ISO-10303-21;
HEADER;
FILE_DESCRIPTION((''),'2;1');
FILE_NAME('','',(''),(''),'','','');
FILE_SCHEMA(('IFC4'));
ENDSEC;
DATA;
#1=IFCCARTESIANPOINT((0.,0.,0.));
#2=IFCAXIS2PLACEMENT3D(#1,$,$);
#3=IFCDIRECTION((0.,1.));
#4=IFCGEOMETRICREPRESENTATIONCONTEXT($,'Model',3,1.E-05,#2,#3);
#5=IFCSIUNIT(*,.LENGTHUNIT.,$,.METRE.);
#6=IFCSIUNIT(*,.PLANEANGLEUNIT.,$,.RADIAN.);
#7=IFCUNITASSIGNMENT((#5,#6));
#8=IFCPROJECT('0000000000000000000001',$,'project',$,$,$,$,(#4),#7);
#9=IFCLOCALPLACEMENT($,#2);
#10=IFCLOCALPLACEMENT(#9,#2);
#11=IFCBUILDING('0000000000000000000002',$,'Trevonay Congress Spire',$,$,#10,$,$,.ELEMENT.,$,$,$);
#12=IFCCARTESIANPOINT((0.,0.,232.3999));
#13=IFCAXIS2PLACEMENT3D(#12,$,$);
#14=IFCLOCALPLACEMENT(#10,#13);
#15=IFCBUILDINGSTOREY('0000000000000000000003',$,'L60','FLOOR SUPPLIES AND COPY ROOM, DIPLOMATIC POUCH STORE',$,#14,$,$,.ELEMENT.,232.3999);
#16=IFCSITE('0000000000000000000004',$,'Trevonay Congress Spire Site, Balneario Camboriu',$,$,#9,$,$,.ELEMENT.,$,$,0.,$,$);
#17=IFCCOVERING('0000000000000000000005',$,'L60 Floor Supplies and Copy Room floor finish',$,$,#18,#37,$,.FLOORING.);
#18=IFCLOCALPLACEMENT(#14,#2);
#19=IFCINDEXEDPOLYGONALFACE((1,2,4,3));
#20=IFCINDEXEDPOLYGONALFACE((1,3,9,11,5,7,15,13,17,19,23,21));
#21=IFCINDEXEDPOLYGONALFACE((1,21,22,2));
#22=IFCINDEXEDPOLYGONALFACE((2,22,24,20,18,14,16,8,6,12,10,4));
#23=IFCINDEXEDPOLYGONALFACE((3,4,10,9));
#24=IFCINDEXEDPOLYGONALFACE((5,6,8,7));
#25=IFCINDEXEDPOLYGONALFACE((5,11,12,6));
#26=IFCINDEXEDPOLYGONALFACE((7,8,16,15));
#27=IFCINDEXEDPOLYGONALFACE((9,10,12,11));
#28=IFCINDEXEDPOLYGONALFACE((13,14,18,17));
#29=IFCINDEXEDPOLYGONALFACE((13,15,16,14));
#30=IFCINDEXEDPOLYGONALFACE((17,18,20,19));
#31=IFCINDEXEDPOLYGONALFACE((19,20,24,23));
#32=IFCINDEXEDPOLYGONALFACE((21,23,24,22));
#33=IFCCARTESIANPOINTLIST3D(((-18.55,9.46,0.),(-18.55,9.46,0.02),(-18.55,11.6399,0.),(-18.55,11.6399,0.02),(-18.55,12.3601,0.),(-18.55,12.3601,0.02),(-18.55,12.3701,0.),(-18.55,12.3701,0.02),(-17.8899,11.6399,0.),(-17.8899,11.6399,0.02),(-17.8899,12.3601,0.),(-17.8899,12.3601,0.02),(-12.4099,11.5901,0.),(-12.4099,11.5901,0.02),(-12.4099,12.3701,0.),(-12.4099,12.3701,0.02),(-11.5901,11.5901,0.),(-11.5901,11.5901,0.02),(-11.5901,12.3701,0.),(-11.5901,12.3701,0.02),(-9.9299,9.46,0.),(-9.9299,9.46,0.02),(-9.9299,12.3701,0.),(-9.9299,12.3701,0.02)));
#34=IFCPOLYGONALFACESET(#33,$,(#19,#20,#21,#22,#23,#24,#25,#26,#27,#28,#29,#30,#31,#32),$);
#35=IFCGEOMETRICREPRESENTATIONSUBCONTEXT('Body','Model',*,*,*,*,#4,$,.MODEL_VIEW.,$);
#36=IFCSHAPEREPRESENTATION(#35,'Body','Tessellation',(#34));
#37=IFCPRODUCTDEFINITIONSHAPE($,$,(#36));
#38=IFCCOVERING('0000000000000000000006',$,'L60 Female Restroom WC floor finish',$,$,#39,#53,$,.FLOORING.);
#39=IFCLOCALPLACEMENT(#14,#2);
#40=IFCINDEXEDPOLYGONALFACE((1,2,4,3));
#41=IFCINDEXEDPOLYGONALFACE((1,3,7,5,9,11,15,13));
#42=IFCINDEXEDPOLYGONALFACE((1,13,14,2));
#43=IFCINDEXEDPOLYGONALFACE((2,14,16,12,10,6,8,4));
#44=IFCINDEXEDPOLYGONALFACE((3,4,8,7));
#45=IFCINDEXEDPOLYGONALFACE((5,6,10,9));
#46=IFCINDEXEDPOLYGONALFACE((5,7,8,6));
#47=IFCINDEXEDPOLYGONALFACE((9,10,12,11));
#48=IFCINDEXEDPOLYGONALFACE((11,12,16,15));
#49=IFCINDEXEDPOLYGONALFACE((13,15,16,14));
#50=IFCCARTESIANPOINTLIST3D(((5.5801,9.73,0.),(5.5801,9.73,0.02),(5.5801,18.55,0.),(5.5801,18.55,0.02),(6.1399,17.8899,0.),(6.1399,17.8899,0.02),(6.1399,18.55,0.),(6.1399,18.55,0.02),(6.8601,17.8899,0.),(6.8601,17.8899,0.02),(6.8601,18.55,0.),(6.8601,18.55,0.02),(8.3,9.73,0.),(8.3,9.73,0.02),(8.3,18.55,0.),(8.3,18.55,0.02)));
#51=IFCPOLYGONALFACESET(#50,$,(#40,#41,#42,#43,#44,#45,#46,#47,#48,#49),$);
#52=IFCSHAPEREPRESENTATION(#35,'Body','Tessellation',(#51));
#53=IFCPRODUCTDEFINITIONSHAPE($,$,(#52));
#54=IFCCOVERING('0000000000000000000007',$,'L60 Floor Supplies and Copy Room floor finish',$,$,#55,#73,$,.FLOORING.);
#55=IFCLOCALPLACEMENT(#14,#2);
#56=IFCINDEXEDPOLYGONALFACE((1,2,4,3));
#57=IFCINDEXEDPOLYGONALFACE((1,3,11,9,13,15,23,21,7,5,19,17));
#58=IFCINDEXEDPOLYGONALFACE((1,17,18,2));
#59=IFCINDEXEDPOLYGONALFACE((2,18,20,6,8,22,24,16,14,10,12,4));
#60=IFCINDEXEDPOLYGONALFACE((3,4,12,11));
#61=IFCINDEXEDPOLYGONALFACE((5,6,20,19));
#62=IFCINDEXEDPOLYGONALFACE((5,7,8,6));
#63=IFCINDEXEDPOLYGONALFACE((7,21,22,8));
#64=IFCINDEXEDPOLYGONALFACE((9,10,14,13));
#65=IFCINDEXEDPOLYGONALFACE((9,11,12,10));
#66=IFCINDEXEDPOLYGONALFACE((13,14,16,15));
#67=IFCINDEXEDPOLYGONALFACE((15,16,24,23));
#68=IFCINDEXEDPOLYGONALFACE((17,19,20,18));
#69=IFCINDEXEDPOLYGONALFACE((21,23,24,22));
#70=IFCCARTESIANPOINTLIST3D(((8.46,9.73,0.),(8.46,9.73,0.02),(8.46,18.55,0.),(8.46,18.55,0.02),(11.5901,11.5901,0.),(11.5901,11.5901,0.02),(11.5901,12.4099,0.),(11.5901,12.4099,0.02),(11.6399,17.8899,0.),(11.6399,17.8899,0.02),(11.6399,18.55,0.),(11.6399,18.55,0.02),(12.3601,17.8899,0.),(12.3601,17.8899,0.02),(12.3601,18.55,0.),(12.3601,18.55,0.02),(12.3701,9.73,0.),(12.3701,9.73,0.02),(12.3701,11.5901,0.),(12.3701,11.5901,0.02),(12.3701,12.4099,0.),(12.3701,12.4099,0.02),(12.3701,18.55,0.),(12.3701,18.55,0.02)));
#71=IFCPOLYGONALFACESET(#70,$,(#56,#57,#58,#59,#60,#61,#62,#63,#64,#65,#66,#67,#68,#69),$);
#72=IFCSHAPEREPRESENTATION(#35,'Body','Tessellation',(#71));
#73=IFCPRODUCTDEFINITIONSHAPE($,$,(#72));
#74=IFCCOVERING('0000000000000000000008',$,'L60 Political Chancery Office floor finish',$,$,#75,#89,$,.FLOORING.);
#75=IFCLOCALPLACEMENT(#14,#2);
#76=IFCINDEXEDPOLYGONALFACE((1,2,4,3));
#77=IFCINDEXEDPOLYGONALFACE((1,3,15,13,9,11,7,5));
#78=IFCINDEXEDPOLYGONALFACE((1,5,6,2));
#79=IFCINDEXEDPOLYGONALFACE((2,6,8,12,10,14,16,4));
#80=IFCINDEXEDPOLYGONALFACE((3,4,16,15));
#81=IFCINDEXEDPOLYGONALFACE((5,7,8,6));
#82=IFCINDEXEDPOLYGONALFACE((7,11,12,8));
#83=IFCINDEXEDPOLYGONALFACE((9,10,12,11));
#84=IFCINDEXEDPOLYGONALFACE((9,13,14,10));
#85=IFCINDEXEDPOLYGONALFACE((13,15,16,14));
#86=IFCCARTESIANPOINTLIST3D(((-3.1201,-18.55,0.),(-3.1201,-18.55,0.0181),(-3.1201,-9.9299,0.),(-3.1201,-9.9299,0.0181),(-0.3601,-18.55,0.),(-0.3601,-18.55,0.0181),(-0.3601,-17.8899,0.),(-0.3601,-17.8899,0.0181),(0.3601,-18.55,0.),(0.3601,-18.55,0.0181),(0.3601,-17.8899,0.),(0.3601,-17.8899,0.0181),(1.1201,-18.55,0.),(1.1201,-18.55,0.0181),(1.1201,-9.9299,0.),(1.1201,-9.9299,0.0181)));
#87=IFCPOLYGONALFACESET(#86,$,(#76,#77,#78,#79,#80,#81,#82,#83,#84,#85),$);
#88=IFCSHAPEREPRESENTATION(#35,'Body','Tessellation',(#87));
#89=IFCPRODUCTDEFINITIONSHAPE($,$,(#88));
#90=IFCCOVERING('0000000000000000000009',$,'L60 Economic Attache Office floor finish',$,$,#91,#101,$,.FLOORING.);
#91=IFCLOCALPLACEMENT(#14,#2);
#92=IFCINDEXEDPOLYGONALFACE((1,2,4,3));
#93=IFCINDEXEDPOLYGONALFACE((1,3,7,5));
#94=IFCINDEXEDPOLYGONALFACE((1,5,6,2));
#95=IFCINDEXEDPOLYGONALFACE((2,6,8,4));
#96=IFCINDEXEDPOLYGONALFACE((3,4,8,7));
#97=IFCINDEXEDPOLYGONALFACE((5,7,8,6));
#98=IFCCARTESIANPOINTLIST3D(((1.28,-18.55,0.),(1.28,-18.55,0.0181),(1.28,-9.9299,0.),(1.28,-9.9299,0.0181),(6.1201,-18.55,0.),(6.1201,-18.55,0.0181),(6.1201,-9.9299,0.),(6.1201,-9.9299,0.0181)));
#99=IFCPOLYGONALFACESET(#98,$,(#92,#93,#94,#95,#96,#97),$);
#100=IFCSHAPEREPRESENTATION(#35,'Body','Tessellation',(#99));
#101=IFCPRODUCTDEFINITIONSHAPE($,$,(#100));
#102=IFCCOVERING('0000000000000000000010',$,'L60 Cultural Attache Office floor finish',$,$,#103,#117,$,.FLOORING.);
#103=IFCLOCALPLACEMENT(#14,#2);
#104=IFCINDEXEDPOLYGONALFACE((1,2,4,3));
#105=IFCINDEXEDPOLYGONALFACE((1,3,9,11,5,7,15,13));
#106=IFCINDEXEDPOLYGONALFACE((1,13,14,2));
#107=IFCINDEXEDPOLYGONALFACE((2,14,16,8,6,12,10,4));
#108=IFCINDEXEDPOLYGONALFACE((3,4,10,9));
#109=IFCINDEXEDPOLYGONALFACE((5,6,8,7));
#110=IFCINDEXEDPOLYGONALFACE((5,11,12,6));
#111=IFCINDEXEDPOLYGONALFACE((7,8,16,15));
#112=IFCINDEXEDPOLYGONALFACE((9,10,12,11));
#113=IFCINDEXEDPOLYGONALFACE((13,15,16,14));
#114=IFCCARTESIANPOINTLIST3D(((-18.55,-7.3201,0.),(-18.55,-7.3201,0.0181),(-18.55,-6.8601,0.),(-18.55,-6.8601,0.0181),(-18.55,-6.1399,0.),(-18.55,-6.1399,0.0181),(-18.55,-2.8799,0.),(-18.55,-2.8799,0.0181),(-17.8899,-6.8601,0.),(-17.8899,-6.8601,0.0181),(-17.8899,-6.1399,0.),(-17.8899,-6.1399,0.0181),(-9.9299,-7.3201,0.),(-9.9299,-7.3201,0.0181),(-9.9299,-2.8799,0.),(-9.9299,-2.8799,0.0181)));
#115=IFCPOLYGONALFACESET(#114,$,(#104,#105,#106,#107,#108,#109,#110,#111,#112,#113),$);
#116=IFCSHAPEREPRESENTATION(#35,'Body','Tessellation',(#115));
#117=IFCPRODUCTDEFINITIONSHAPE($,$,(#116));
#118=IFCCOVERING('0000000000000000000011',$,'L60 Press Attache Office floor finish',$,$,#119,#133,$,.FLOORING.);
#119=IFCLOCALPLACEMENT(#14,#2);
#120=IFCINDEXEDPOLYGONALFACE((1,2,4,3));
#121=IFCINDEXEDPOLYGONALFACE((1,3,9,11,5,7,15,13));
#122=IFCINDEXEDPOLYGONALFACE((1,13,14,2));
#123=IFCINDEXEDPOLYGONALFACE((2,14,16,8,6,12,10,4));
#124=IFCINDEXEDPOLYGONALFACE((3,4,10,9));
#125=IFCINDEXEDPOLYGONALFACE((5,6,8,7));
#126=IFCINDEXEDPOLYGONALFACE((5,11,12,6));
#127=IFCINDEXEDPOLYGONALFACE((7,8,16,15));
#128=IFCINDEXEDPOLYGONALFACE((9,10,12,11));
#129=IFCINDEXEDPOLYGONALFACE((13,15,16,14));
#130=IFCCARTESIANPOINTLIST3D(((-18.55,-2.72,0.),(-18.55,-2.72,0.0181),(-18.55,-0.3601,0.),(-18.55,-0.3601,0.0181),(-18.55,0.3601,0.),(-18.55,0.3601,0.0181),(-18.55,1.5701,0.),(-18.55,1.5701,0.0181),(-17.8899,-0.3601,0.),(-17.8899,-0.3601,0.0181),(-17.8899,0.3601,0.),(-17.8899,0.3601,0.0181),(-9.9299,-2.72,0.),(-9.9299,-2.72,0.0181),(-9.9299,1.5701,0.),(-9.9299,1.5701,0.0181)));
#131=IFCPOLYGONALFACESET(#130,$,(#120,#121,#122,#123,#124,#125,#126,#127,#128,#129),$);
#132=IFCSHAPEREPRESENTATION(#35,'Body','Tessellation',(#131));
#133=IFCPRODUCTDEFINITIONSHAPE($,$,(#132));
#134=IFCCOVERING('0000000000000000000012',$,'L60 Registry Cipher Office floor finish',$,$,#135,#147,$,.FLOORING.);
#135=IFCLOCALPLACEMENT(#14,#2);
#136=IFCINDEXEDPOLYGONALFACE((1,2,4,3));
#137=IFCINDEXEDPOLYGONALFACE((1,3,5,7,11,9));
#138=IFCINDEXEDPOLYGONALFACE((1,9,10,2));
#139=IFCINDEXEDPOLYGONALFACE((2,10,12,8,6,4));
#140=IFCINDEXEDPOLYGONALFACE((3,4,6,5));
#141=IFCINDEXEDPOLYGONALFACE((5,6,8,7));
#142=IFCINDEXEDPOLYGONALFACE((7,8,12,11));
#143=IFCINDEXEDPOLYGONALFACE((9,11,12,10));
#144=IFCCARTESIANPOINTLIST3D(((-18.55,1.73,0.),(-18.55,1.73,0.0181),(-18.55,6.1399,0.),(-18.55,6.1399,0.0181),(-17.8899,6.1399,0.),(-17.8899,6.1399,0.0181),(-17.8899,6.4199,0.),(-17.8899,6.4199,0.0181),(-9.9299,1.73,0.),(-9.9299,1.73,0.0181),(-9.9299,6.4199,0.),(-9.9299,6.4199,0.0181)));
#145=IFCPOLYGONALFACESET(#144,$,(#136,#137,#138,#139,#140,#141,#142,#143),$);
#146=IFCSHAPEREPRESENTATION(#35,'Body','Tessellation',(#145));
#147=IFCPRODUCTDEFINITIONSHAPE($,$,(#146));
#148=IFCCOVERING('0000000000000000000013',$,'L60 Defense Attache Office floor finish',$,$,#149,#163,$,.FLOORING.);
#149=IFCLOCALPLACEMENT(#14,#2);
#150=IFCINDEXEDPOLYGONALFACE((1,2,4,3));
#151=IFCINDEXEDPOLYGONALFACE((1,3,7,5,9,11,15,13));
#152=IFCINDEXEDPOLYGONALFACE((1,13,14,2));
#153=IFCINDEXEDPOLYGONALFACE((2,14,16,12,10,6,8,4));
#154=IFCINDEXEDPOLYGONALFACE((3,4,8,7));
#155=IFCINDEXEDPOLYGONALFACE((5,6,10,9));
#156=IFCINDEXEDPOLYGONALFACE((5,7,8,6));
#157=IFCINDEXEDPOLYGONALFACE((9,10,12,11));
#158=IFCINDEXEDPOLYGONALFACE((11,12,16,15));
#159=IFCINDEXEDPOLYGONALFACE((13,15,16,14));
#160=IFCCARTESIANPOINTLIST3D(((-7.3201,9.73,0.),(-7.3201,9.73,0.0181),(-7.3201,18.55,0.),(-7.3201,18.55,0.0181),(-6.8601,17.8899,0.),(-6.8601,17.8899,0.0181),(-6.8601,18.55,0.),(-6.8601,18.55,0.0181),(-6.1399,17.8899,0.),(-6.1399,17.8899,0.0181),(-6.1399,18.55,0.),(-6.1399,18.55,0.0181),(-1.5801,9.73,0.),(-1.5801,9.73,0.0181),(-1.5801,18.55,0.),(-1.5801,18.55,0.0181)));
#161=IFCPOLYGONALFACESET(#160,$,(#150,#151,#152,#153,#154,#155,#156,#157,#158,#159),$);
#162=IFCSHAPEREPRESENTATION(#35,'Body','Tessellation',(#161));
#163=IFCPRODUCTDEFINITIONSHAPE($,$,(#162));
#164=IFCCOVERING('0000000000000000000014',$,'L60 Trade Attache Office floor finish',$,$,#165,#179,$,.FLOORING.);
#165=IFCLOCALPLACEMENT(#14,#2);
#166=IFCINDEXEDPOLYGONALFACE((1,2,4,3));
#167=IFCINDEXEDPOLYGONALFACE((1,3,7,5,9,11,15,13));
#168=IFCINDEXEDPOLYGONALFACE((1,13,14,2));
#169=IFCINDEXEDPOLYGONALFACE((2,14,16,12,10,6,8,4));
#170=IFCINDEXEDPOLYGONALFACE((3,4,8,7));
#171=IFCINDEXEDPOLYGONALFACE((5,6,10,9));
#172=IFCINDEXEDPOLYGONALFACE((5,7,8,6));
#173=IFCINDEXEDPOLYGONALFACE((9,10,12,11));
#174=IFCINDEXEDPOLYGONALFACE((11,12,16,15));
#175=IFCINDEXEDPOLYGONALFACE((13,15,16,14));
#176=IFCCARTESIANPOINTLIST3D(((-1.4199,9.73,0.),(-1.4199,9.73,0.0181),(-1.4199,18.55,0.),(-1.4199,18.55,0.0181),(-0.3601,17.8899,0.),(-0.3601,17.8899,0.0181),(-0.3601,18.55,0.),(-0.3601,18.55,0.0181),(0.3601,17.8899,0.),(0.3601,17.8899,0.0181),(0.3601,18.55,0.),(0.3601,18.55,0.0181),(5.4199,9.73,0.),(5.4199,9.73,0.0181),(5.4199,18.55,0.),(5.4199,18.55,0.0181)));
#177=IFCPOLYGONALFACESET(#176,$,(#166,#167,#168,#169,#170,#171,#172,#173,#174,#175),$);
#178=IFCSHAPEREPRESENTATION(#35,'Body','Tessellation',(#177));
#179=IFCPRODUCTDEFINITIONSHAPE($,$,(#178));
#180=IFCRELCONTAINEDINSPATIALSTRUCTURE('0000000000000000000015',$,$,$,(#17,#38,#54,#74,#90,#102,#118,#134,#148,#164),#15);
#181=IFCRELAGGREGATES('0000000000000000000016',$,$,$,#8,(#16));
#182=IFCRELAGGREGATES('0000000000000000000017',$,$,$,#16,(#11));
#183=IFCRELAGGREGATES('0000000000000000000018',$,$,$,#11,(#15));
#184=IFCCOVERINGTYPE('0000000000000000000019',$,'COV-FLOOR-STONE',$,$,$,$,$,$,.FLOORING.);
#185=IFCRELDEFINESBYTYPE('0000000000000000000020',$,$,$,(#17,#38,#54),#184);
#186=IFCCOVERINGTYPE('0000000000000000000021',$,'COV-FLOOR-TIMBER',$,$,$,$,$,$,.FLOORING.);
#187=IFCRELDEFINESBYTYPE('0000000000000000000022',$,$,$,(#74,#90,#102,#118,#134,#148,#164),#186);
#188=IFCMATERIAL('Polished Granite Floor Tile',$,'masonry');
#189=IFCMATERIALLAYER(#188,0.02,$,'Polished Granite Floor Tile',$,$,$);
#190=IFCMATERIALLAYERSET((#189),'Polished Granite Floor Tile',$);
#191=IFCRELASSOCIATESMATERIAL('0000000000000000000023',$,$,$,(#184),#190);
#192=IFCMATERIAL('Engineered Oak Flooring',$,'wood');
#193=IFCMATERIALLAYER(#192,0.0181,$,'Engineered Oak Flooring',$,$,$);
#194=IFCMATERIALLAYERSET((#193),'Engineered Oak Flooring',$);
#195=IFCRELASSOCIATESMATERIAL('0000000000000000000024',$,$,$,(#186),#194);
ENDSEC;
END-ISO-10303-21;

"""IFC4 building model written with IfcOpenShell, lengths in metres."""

from ifc_helpers import new_model, si_unit, direction, frame, origin, place, context, subcontext, project, spatial, polyline, outline, extrude, material, layer, layer_set, type_object, element, save


model = new_model("IFC4")

# Units and contexts
model_context = context("Model", 3, precision=1e-05, world=origin(), true_north=direction((0.0, 1.0)))
body_context = subcontext(model_context, "Body", "Model", "MODEL_VIEW")
ifc_project = project(units=[si_unit("LENGTHUNIT", "METRE"), si_unit("PLANEANGLEUNIT", "RADIAN")], contexts=[model_context])

# Site, building, storey
site_placement = place(None, origin())
site = spatial("IfcSite", under=ifc_project, at=site_placement, Name="Trevonay Congress Spire Site, Balneario Camboriu", CompositionType="ELEMENT", RefElevation=0.0)
building_placement = place(site_placement, origin())
building = spatial("IfcBuilding", under=site, at=building_placement, Name="Trevonay Congress Spire", CompositionType="ELEMENT")
storey_placement = place(building_placement, frame((0.0, 0.0, 232.3999)))
storey = spatial("IfcBuildingStorey", under=building, at=storey_placement, Name="L60", Description="FLOOR SUPPLIES AND COPY ROOM, DIPLOMATIC POUCH STORE", CompositionType="ELEMENT", Elevation=232.3999)

# Coverings
ifc_material_1 = material(Name="Polished Granite Floor Tile", Category="masonry")
ifc_layer_1 = layer(ifc_material_1, 0.02, Name="Polished Granite Floor Tile")
ifc_layer_set_1 = layer_set([ifc_layer_1], Name="Polished Granite Floor Tile")
covering_type_1 = type_object("IfcCoveringType", Name="COV-FLOOR-STONE", PredefinedType="FLOORING", material=ifc_layer_set_1)
covering_1_placement = place(storey_placement, origin())
element("IfcCovering", 1, at=covering_1_placement, inside=storey, type_object=covering_type_1, Name="L60 Floor Supplies and Copy Room floor finish", PredefinedType="FLOORING", context=body_context, shape_type="SweptSolid", body=[
    extrude(outline(polyline([(-9.9299, 12.3701), (-9.9299, 9.46), (-18.55, 9.46), (-18.55, 11.6399), (-17.8899, 11.6399), (-17.8899, 12.3601), (-18.55, 12.3601), (-18.55, 12.3701), (-12.4099, 12.3701), (-12.4099, 11.5901), (-11.5901, 11.5901), (-11.5901, 12.3701), (-9.9299, 12.3701)])), origin(), (0.0, 0.0, 1.0), 0.02),
])
covering_2_placement = place(storey_placement, origin())
element("IfcCovering", 2, at=covering_2_placement, inside=storey, type_object=covering_type_1, Name="L60 Female Restroom WC floor finish", PredefinedType="FLOORING", context=body_context, shape_type="SweptSolid", body=[
    extrude(outline(polyline([(8.3, 18.55), (8.3, 9.73), (5.5801, 9.73), (5.5801, 18.55), (6.1399, 18.55), (6.1399, 17.8899), (6.8601, 17.8899), (6.8601, 18.55), (8.3, 18.55)])), origin(), (0.0, 0.0, 1.0), 0.02),
])
covering_3_placement = place(storey_placement, origin())
element("IfcCovering", 3, at=covering_3_placement, inside=storey, type_object=covering_type_1, Name="L60 Floor Supplies and Copy Room floor finish", PredefinedType="FLOORING", context=body_context, shape_type="SweptSolid", body=[
    extrude(outline(polyline([(12.3701, 9.73), (8.46, 9.73), (8.46, 18.55), (11.6399, 18.55), (11.6399, 17.8899), (12.3601, 17.8899), (12.3601, 18.55), (12.3701, 18.55), (12.3701, 12.4099), (11.5901, 12.4099), (11.5901, 11.5901), (12.3701, 11.5901), (12.3701, 9.73)])), origin(), (0.0, 0.0, 1.0), 0.02),
])
ifc_material_2 = material(Name="Engineered Oak Flooring", Category="wood")
ifc_layer_2 = layer(ifc_material_2, 0.0181, Name="Engineered Oak Flooring")
ifc_layer_set_2 = layer_set([ifc_layer_2], Name="Engineered Oak Flooring")
covering_type_2 = type_object("IfcCoveringType", Name="COV-FLOOR-TIMBER", PredefinedType="FLOORING", material=ifc_layer_set_2)
covering_4_placement = place(storey_placement, origin())
element("IfcCovering", 4, at=covering_4_placement, inside=storey, type_object=covering_type_2, Name="L60 Political Chancery Office floor finish", PredefinedType="FLOORING", context=body_context, shape_type="SweptSolid", body=[
    extrude(outline(polyline([(-3.1201, -18.55), (-3.1201, -9.9299), (1.1201, -9.9299), (1.1201, -18.55), (0.3601, -18.55), (0.3601, -17.8899), (-0.3601, -17.8899), (-0.3601, -18.55), (-3.1201, -18.55)])), origin(), (0.0, 0.0, 1.0), 0.0181),
])
covering_5_placement = place(storey_placement, origin())
element("IfcCovering", 5, at=covering_5_placement, inside=storey, type_object=covering_type_2, Name="L60 Economic Attache Office floor finish", PredefinedType="FLOORING", context=body_context, shape_type="SweptSolid", body=[
    extrude(outline(polyline([(1.28, -18.55), (6.1201, -18.55), (6.1201, -9.9299), (1.28, -9.9299), (1.28, -18.55)])), origin(), (0.0, 0.0, 1.0), 0.0181),
])
covering_6_placement = place(storey_placement, origin())
element("IfcCovering", 6, at=covering_6_placement, inside=storey, type_object=covering_type_2, Name="L60 Cultural Attache Office floor finish", PredefinedType="FLOORING", context=body_context, shape_type="SweptSolid", body=[
    extrude(outline(polyline([(-18.55, -2.8799), (-9.9299, -2.8799), (-9.9299, -7.3201), (-18.55, -7.3201), (-18.55, -6.8601), (-17.8899, -6.8601), (-17.8899, -6.1399), (-18.55, -6.1399), (-18.55, -2.8799)])), origin(), (0.0, 0.0, 1.0), 0.0181),
])
covering_7_placement = place(storey_placement, origin())
element("IfcCovering", 7, at=covering_7_placement, inside=storey, type_object=covering_type_2, Name="L60 Press Attache Office floor finish", PredefinedType="FLOORING", context=body_context, shape_type="SweptSolid", body=[
    extrude(outline(polyline([(-18.55, 1.5701), (-9.9299, 1.5701), (-9.9299, -2.72), (-18.55, -2.72), (-18.55, -0.3601), (-17.8899, -0.3601), (-17.8899, 0.3601), (-18.55, 0.3601), (-18.55, 1.5701)])), origin(), (0.0, 0.0, 1.0), 0.0181),
])
covering_8_placement = place(storey_placement, origin())
element("IfcCovering", 8, at=covering_8_placement, inside=storey, type_object=covering_type_2, Name="L60 Registry Cipher Office floor finish", PredefinedType="FLOORING", context=body_context, shape_type="SweptSolid", body=[
    extrude(outline(polyline([(-9.9299, 6.4199), (-9.9299, 1.73), (-18.55, 1.73), (-18.55, 6.1399), (-17.8899, 6.1399), (-17.8899, 6.4199), (-9.9299, 6.4199)])), origin(), (0.0, 0.0, 1.0), 0.0181),
])
covering_9_placement = place(storey_placement, origin())
element("IfcCovering", 9, at=covering_9_placement, inside=storey, type_object=covering_type_2, Name="L60 Defense Attache Office floor finish", PredefinedType="FLOORING", context=body_context, shape_type="SweptSolid", body=[
    extrude(outline(polyline([(-1.5801, 18.55), (-1.5801, 9.73), (-7.3201, 9.73), (-7.3201, 18.55), (-6.8601, 18.55), (-6.8601, 17.8899), (-6.1399, 17.8899), (-6.1399, 18.55), (-1.5801, 18.55)])), origin(), (0.0, 0.0, 1.0), 0.0181),
])
covering_10_placement = place(storey_placement, origin())
element("IfcCovering", 10, at=covering_10_placement, inside=storey, type_object=covering_type_2, Name="L60 Trade Attache Office floor finish", PredefinedType="FLOORING", context=body_context, shape_type="SweptSolid", body=[
    extrude(outline(polyline([(5.4199, 18.55), (5.4199, 9.73), (-1.4199, 9.73), (-1.4199, 18.55), (-0.3601, 18.55), (-0.3601, 17.8899), (0.3601, 17.8899), (0.3601, 18.55), (5.4199, 18.55)])), origin(), (0.0, 0.0, 1.0), 0.0181),
])

save(model, "model.ifc")
